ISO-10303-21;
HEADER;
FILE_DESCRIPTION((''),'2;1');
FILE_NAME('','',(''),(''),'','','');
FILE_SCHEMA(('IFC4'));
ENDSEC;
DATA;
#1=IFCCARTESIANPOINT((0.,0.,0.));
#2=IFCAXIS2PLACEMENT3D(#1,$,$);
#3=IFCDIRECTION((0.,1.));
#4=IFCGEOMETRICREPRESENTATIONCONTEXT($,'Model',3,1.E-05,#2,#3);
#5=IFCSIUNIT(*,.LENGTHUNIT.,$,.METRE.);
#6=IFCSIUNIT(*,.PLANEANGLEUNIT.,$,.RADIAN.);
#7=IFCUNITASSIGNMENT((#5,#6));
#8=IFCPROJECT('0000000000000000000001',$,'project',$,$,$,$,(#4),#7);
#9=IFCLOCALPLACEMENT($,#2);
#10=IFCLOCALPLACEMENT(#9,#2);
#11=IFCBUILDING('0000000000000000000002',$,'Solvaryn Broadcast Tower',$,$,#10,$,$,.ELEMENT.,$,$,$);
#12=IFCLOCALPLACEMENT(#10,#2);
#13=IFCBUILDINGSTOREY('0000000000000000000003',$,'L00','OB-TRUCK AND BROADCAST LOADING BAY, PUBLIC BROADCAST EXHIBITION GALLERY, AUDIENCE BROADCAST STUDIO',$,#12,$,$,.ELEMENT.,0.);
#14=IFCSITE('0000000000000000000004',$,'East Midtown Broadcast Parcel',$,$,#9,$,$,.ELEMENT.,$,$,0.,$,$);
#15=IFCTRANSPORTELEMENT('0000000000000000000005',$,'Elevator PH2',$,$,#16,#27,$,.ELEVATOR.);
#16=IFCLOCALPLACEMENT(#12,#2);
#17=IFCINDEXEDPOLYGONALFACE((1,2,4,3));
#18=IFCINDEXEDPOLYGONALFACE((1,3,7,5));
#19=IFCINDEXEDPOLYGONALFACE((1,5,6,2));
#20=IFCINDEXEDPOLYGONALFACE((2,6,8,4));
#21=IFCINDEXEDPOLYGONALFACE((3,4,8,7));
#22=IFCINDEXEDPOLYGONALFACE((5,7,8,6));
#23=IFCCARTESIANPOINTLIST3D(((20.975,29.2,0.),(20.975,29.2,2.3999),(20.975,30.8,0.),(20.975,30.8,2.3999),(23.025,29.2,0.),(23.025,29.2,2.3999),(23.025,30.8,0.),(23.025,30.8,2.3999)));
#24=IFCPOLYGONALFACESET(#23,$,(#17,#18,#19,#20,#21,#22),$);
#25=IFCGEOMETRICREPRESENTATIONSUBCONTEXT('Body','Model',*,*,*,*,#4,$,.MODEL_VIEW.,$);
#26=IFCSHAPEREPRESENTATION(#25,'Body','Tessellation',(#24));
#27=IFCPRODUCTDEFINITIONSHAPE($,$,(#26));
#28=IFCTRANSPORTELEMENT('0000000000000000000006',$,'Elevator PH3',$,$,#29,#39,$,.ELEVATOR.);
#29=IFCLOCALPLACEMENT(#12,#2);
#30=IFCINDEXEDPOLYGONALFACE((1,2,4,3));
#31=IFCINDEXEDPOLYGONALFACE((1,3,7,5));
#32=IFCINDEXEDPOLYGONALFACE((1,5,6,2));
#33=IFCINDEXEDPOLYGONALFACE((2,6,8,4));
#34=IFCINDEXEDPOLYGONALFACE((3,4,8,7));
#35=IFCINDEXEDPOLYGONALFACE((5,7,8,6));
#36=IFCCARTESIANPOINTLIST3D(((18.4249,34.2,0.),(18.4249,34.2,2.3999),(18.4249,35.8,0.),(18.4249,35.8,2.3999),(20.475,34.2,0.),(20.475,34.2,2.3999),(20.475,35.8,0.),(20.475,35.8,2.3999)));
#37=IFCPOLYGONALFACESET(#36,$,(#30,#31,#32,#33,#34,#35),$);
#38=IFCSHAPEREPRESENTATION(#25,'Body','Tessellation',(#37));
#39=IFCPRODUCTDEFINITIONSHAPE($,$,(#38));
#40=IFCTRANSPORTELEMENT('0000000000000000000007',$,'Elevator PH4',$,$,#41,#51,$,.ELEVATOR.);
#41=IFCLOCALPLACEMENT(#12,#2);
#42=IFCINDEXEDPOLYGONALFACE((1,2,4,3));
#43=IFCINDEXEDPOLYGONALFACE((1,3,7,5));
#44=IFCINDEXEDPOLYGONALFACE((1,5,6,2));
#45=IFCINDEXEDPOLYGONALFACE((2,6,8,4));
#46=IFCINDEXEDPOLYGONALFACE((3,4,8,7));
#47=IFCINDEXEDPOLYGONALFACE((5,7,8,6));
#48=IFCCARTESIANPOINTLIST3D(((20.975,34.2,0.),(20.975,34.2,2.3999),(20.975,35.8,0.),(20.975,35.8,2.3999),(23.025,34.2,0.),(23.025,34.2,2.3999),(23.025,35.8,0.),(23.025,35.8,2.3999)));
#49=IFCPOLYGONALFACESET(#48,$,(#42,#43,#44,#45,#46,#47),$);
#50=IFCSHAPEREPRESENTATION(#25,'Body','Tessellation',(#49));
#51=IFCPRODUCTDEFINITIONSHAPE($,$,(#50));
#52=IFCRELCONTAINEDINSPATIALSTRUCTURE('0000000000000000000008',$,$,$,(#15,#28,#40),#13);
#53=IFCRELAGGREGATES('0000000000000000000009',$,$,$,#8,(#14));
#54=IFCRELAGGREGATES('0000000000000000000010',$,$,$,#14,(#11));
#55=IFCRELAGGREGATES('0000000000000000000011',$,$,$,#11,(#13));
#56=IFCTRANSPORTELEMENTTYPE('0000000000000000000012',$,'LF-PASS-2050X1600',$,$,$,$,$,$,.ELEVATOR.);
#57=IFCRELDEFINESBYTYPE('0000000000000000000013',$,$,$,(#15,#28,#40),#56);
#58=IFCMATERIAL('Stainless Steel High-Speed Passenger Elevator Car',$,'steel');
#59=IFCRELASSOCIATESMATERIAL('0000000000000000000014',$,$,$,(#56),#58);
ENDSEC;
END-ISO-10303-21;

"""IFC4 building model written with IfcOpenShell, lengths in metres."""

from ifc_helpers import new_model, si_unit, direction, frame, origin, origin_2d, place, context, subcontext, project, spatial, rectangle, extrude, material, type_object, element, save


model = new_model("IFC4")

# Units and contexts
model_context = context("Model", 3, precision=1e-05, world=origin(), true_north=direction((0.0, 1.0)))
body_context = subcontext(model_context, "Body", "Model", "MODEL_VIEW")
ifc_project = project(units=[si_unit("LENGTHUNIT", "METRE"), si_unit("PLANEANGLEUNIT", "RADIAN")], contexts=[model_context])

# Site, building, storey
site_placement = place(None, origin())
site = spatial("IfcSite", under=ifc_project, at=site_placement, Name="East Midtown Broadcast Parcel", CompositionType="ELEMENT", RefElevation=0.0)
building_placement = place(site_placement, origin())
building = spatial("IfcBuilding", under=site, at=building_placement, Name="Solvaryn Broadcast Tower", CompositionType="ELEMENT")
storey_placement = place(building_placement, origin())
storey = spatial("IfcBuildingStorey", under=building, at=storey_placement, Name="L00", Description="OB-TRUCK AND BROADCAST LOADING BAY, PUBLIC BROADCAST EXHIBITION GALLERY, AUDIENCE BROADCAST STUDIO", CompositionType="ELEMENT", Elevation=0.0)

# Transport elements
ifc_material_1 = material(Name="Stainless Steel High-Speed Passenger Elevator Car", Category="steel")
transport_element_type = type_object("IfcTransportElementType", Name="LF-PASS-2050X1600", PredefinedType="ELEVATOR", material=ifc_material_1)
for number, where, z_axis, x_axis, name in (
    (1, (22.0, 30.0, 0.0), (0.0, 0.0, 1.0), (1.0, 0.0, 0.0), "Elevator PH2"),
    (2, (19.45, 35.0, 0.0), (0.0, 0.0, 1.0), (1.0, 0.0, 0.0), "Elevator PH3"),
    (3, (22.0, 35.0, 0.0), (0.0, 0.0, 1.0), (1.0, 0.0, 0.0), "Elevator PH4"),
):
    element("IfcTransportElement", number, at=place(storey_placement, frame(where, z_axis=z_axis, x_axis=x_axis)), inside=storey, type_object=transport_element_type, Name=name, PredefinedType="ELEVATOR", context=body_context, shape_type="SweptSolid", body=[
        extrude(rectangle(XDim=2.05, YDim=1.6001, at=origin_2d()), origin(), (0.0, 0.0, 1.0), 2.3999),
    ])

save(model, "model.ifc")
